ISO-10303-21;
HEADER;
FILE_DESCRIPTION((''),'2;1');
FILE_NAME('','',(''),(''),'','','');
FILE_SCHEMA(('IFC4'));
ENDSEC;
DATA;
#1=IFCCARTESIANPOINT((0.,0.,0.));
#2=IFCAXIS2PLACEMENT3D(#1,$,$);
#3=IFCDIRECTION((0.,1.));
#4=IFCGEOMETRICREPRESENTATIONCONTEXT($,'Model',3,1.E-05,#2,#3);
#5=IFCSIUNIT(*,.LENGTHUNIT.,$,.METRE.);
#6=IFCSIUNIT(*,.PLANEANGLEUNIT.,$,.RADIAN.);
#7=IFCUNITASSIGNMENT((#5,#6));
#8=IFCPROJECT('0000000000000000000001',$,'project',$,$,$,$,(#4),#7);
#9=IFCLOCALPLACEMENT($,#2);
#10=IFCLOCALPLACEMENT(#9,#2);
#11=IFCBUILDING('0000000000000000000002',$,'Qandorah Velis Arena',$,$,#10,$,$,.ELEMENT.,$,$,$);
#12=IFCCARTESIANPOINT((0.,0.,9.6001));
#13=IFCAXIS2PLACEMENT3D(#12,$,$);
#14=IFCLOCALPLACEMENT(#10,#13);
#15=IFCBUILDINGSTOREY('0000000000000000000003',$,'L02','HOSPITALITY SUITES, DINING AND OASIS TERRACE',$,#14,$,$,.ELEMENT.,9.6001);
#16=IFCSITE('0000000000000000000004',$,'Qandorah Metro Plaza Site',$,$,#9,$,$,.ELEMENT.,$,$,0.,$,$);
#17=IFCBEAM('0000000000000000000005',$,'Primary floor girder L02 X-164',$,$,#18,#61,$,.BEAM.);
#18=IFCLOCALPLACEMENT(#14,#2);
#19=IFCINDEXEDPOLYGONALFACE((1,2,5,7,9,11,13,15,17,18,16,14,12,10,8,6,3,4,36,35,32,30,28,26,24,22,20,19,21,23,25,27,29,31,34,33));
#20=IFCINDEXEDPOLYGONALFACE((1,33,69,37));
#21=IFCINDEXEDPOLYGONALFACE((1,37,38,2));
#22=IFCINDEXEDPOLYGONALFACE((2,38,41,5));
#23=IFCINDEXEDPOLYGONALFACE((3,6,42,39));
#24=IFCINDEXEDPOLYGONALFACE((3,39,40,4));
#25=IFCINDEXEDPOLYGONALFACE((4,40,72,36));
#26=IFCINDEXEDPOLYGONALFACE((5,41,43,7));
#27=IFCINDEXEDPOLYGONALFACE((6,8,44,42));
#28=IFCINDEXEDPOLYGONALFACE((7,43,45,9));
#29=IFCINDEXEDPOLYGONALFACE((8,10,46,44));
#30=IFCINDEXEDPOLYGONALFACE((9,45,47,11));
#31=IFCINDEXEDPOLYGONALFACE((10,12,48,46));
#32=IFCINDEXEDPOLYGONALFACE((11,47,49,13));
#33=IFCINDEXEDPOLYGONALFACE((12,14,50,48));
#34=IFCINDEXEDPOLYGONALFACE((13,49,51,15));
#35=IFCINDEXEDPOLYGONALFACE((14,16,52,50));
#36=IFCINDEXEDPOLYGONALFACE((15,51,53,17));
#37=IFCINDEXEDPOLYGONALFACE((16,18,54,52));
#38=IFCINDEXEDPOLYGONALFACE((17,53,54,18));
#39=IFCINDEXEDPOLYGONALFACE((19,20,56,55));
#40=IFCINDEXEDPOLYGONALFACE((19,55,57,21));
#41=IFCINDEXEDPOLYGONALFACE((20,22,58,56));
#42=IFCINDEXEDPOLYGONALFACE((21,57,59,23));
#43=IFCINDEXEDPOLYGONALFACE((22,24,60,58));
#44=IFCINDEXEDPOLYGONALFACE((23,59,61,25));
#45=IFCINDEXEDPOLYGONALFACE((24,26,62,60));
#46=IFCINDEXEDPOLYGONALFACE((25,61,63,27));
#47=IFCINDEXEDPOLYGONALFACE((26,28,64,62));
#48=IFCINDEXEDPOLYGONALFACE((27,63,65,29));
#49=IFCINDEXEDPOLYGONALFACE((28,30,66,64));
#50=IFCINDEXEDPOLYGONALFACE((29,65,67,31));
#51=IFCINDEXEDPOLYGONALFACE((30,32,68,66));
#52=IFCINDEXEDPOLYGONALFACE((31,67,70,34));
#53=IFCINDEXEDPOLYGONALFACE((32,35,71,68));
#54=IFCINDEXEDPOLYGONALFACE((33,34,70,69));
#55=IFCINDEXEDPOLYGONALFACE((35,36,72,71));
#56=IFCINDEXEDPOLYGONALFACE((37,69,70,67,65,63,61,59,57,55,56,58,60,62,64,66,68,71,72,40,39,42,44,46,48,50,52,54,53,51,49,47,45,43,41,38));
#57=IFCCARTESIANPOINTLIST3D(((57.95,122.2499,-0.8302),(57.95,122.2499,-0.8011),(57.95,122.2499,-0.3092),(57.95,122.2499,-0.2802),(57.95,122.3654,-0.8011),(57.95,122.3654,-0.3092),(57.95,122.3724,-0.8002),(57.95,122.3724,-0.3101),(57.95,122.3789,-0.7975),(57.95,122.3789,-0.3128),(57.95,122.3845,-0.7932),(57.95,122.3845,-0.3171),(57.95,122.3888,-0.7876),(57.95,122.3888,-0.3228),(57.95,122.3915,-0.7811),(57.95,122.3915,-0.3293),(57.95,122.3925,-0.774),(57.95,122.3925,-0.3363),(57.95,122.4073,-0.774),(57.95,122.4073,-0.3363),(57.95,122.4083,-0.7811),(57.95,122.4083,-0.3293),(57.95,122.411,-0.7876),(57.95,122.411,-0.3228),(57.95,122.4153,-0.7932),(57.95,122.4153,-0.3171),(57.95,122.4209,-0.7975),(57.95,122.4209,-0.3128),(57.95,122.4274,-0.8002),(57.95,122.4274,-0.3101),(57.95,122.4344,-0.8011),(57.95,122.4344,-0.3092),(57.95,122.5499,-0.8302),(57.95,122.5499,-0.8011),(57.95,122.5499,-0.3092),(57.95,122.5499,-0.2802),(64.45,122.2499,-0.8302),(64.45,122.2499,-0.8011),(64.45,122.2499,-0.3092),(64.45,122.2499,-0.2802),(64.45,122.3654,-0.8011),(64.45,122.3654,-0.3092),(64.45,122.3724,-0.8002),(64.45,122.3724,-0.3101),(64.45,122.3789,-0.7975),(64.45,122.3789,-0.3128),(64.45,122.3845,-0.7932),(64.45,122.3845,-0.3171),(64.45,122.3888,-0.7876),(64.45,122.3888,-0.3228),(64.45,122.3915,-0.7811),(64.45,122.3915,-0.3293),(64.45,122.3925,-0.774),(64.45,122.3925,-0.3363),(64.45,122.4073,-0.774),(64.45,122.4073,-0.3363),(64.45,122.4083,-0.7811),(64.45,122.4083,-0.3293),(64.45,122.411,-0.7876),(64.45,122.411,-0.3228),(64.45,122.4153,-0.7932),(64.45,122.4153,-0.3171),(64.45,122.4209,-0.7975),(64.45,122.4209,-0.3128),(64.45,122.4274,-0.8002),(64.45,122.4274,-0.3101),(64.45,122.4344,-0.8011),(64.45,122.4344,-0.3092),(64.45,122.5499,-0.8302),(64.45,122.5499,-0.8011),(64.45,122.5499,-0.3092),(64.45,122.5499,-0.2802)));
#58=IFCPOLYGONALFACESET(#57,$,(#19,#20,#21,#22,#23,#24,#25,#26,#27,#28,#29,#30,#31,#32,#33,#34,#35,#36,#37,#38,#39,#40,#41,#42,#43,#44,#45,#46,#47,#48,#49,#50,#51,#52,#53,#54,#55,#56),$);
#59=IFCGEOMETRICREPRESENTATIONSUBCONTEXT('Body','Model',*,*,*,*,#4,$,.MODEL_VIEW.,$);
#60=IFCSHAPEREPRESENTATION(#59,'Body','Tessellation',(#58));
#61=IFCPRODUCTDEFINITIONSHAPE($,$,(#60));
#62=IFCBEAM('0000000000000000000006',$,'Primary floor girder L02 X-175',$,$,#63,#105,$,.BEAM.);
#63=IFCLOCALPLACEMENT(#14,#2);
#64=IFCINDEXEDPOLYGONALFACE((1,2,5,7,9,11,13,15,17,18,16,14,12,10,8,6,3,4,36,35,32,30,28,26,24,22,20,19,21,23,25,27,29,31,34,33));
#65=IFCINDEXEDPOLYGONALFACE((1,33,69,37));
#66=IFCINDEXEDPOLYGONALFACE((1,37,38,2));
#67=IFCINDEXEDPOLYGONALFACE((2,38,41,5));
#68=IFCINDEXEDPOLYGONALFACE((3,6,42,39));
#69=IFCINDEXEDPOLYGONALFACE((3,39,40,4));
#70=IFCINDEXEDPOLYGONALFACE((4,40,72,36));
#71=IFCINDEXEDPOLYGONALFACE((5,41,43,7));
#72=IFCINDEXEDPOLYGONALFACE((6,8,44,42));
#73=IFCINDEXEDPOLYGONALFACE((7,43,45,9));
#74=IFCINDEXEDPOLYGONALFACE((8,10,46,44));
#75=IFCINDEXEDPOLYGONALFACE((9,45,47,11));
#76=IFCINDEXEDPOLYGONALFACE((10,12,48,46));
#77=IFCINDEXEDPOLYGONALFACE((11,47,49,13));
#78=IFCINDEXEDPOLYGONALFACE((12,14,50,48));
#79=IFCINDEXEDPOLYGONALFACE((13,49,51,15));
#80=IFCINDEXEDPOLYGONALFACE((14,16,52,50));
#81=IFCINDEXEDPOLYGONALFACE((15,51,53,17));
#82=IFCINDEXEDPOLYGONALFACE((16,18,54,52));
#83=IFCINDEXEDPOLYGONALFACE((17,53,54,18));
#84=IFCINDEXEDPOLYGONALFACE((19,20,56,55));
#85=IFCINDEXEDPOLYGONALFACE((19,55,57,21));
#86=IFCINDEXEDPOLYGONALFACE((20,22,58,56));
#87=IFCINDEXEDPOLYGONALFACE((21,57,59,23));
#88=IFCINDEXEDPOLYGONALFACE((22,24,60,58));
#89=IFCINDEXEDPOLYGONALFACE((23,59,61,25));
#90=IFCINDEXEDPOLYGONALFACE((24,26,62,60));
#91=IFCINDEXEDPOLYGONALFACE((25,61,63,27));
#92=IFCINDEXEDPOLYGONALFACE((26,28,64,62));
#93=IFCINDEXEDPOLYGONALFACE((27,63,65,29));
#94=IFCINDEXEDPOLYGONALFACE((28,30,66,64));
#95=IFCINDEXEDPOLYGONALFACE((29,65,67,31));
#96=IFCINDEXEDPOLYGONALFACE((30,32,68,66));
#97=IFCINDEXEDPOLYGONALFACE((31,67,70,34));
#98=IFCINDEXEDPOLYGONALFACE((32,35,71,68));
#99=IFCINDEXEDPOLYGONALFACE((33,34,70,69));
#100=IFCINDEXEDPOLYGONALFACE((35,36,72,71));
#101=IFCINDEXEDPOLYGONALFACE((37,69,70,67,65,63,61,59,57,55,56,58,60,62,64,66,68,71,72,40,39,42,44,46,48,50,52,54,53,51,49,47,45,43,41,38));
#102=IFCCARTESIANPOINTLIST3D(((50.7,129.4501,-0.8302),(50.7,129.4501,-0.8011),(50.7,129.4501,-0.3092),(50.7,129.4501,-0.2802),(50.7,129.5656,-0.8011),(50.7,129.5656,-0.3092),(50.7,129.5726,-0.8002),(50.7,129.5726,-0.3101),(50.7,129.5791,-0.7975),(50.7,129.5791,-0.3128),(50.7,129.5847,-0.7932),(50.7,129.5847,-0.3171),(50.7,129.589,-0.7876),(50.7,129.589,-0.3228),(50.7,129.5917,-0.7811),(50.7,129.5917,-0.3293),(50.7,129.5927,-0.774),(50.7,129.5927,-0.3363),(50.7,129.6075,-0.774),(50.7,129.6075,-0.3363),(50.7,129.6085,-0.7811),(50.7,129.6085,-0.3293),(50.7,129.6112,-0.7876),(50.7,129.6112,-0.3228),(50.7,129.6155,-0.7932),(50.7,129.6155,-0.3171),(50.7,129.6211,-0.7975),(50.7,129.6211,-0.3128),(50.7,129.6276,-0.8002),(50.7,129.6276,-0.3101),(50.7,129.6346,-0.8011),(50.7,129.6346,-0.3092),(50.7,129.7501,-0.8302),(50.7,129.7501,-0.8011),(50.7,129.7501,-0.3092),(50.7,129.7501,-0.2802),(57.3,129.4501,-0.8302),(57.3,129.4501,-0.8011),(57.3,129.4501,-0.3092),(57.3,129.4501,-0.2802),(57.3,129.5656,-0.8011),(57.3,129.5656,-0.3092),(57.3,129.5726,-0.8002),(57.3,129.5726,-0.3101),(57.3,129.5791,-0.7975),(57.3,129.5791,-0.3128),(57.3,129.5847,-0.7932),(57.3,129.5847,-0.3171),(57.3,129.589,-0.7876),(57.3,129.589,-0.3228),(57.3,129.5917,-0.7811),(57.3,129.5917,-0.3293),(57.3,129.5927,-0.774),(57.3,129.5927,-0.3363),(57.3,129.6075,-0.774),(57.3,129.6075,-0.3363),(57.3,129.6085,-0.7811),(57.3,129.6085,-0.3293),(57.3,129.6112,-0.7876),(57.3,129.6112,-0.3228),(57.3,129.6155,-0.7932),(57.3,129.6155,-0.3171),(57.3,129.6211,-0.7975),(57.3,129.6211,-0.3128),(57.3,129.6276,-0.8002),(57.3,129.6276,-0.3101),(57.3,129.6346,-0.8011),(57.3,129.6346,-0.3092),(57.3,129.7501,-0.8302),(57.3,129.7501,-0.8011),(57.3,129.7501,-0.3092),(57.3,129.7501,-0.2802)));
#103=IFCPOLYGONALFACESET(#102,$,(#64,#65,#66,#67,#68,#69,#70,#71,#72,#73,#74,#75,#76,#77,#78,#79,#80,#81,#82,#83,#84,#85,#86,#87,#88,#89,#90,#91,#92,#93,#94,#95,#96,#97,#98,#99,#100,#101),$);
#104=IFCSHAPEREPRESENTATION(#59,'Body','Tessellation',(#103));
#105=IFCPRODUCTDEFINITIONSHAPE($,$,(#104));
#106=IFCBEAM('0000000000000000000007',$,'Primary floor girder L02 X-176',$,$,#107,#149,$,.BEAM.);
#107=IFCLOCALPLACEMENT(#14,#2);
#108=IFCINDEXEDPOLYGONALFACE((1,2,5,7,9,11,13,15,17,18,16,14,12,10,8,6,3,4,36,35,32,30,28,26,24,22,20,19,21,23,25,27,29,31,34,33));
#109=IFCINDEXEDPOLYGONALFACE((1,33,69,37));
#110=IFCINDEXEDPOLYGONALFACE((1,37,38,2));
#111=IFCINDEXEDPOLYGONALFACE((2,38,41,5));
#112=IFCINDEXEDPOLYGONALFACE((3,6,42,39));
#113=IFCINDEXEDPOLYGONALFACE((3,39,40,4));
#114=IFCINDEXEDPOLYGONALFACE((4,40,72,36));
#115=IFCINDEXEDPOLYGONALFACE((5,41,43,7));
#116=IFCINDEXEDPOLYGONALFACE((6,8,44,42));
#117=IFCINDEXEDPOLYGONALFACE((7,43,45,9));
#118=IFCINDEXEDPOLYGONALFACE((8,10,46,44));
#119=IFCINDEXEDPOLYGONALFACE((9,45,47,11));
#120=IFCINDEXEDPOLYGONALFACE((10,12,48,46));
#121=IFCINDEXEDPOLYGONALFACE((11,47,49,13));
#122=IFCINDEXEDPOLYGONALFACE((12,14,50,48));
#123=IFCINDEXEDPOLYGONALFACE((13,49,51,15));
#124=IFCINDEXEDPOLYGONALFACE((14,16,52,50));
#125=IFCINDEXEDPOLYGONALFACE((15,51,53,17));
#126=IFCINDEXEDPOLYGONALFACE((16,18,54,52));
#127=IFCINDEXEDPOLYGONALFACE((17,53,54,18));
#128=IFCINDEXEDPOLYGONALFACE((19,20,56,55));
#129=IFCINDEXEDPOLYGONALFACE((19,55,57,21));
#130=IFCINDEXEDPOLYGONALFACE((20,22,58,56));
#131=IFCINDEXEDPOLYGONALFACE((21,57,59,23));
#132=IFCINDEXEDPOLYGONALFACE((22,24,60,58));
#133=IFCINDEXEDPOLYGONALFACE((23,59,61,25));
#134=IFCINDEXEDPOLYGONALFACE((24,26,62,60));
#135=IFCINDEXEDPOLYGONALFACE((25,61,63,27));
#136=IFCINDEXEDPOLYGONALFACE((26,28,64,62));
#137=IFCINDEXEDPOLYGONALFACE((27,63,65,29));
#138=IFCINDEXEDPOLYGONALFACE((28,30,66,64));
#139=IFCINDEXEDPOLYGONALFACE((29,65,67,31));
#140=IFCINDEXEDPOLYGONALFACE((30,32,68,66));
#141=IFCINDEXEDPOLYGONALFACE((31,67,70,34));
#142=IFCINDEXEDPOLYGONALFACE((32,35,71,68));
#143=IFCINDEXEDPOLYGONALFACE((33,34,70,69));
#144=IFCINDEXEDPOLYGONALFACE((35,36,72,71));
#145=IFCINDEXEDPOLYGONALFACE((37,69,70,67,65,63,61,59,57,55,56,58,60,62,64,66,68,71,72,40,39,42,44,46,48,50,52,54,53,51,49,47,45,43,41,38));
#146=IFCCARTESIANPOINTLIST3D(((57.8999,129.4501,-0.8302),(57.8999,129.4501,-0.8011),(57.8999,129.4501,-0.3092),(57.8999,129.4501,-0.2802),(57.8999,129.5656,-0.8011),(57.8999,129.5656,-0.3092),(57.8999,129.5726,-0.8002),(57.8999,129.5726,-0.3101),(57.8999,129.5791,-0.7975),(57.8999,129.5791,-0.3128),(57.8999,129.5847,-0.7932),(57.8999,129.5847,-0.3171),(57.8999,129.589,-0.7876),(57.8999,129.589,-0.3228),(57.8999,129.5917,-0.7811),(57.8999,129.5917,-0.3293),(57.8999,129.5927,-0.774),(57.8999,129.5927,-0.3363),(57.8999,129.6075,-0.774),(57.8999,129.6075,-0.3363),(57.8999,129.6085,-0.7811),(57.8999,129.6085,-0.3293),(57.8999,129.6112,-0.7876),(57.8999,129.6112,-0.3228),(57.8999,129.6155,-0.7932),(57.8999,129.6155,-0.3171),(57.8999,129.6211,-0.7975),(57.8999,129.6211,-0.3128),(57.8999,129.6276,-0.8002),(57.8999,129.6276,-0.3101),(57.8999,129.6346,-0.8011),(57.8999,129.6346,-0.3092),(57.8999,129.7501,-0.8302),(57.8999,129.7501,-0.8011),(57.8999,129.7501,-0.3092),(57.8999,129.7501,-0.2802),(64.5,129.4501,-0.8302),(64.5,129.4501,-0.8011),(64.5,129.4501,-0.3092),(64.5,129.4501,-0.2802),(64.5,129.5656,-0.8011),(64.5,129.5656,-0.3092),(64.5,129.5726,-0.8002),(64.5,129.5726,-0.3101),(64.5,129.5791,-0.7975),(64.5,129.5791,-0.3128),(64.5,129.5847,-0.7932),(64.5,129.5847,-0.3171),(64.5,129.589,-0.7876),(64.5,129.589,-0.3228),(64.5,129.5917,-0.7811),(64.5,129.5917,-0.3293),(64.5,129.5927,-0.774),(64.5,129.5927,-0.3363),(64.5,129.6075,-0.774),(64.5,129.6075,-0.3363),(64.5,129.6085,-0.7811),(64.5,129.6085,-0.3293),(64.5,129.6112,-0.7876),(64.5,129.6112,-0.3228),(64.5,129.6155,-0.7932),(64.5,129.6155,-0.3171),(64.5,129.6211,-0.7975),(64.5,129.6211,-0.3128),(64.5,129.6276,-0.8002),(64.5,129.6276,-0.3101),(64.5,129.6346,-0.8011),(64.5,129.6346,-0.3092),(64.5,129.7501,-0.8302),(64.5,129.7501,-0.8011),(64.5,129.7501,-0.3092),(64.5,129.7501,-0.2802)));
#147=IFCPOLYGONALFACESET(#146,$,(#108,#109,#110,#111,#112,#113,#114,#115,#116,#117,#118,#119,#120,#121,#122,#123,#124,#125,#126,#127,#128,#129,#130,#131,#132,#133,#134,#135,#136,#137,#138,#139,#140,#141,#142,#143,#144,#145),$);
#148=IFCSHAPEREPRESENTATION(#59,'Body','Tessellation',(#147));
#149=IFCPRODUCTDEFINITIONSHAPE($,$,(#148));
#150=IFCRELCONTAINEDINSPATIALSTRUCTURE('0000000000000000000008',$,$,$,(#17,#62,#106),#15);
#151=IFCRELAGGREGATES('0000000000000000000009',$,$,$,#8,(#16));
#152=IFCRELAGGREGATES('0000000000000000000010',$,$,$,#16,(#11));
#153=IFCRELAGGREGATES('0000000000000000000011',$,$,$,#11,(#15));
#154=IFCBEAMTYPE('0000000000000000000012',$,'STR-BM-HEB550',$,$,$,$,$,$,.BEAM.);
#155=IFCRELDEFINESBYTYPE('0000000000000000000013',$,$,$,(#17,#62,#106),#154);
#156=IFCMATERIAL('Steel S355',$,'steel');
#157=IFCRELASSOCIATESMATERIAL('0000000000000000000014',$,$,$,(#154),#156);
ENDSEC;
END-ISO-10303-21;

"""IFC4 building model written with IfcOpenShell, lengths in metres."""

from ifc_helpers import new_model, si_unit, direction, frame, origin, origin_2d, place, context, subcontext, project, spatial, i_section, extrude, material, material_profile, profile_set, type_object, element, save


model = new_model("IFC4")

# Units and contexts
model_context = context("Model", 3, precision=1e-05, world=origin(), true_north=direction((0.0, 1.0)))
body_context = subcontext(model_context, "Body", "Model", "MODEL_VIEW")
ifc_project = project(units=[si_unit("LENGTHUNIT", "METRE"), si_unit("PLANEANGLEUNIT", "RADIAN")], contexts=[model_context])

# Site, building, storey
site_placement = place(None, origin())
site = spatial("IfcSite", under=ifc_project, at=site_placement, Name="Qandorah Metro Plaza Site", CompositionType="ELEMENT", RefElevation=0.0)
building_placement = place(site_placement, origin())
building = spatial("IfcBuilding", under=site, at=building_placement, Name="Qandorah Velis Arena", CompositionType="ELEMENT")
storey_placement = place(building_placement, frame((0.0, 0.0, 9.6001)))
storey = spatial("IfcBuildingStorey", under=building, at=storey_placement, Name="L02", Description="HOSPITALITY SUITES, DINING AND OASIS TERRACE", CompositionType="ELEMENT", Elevation=9.6001)

# Shared definitions
ifc_material_1 = material(Name="Steel S355", Category="steel")

# Beams
ifc_material_profile_1 = material_profile(ifc_material_1, i_section(OverallWidth=0.3, OverallDepth=0.55, WebThickness=0.0149, FlangeThickness=0.0291, FilletRadius=0.0271, at=origin_2d()), Name="HEB 550")
ifc_profile_set_1 = profile_set([ifc_material_profile_1], Name="Steel S355")
beam_type_1 = type_object("IfcBeamType", Name="STR-BM-HEB550", PredefinedType="BEAM", material=ifc_profile_set_1)
beam_1_placement = place(storey_placement, frame((57.95, 122.3999, -0.5552), z_axis=(1.0, 0.0, 0.0), x_axis=(0.0, 1.0, 0.0)))
element("IfcBeam", 1, at=beam_1_placement, inside=storey, type_object=beam_type_1, Name="Primary floor girder L02 X-164", PredefinedType="BEAM", context=body_context, shape_type="SweptSolid", body=[
    extrude(i_section(OverallWidth=0.3, OverallDepth=0.55, WebThickness=0.0149, FlangeThickness=0.0291, FilletRadius=0.0271, at=origin_2d()), origin(), (0.0, 0.0, 1.0), 6.5),
])
for number, where, z_axis, x_axis, name in (
    (2, (50.7, 129.6001, -0.5552), (1.0, 0.0, 0.0), (0.0, 1.0, 0.0), "Primary floor girder L02 X-175"),
    (3, (57.8999, 129.6001, -0.5552), (1.0, 0.0, 0.0), (0.0, 1.0, 0.0), "Primary floor girder L02 X-176"),
):
    element("IfcBeam", number, at=place(storey_placement, frame(where, z_axis=z_axis, x_axis=x_axis)), inside=storey, type_object=beam_type_1, Name=name, PredefinedType="BEAM", context=body_context, shape_type="SweptSolid", body=[
        extrude(i_section(OverallWidth=0.3, OverallDepth=0.55, WebThickness=0.0149, FlangeThickness=0.0291, FilletRadius=0.0271, at=origin_2d()), origin(), (0.0, 0.0, 1.0), 6.6001),
    ])

save(model, "model.ifc")
